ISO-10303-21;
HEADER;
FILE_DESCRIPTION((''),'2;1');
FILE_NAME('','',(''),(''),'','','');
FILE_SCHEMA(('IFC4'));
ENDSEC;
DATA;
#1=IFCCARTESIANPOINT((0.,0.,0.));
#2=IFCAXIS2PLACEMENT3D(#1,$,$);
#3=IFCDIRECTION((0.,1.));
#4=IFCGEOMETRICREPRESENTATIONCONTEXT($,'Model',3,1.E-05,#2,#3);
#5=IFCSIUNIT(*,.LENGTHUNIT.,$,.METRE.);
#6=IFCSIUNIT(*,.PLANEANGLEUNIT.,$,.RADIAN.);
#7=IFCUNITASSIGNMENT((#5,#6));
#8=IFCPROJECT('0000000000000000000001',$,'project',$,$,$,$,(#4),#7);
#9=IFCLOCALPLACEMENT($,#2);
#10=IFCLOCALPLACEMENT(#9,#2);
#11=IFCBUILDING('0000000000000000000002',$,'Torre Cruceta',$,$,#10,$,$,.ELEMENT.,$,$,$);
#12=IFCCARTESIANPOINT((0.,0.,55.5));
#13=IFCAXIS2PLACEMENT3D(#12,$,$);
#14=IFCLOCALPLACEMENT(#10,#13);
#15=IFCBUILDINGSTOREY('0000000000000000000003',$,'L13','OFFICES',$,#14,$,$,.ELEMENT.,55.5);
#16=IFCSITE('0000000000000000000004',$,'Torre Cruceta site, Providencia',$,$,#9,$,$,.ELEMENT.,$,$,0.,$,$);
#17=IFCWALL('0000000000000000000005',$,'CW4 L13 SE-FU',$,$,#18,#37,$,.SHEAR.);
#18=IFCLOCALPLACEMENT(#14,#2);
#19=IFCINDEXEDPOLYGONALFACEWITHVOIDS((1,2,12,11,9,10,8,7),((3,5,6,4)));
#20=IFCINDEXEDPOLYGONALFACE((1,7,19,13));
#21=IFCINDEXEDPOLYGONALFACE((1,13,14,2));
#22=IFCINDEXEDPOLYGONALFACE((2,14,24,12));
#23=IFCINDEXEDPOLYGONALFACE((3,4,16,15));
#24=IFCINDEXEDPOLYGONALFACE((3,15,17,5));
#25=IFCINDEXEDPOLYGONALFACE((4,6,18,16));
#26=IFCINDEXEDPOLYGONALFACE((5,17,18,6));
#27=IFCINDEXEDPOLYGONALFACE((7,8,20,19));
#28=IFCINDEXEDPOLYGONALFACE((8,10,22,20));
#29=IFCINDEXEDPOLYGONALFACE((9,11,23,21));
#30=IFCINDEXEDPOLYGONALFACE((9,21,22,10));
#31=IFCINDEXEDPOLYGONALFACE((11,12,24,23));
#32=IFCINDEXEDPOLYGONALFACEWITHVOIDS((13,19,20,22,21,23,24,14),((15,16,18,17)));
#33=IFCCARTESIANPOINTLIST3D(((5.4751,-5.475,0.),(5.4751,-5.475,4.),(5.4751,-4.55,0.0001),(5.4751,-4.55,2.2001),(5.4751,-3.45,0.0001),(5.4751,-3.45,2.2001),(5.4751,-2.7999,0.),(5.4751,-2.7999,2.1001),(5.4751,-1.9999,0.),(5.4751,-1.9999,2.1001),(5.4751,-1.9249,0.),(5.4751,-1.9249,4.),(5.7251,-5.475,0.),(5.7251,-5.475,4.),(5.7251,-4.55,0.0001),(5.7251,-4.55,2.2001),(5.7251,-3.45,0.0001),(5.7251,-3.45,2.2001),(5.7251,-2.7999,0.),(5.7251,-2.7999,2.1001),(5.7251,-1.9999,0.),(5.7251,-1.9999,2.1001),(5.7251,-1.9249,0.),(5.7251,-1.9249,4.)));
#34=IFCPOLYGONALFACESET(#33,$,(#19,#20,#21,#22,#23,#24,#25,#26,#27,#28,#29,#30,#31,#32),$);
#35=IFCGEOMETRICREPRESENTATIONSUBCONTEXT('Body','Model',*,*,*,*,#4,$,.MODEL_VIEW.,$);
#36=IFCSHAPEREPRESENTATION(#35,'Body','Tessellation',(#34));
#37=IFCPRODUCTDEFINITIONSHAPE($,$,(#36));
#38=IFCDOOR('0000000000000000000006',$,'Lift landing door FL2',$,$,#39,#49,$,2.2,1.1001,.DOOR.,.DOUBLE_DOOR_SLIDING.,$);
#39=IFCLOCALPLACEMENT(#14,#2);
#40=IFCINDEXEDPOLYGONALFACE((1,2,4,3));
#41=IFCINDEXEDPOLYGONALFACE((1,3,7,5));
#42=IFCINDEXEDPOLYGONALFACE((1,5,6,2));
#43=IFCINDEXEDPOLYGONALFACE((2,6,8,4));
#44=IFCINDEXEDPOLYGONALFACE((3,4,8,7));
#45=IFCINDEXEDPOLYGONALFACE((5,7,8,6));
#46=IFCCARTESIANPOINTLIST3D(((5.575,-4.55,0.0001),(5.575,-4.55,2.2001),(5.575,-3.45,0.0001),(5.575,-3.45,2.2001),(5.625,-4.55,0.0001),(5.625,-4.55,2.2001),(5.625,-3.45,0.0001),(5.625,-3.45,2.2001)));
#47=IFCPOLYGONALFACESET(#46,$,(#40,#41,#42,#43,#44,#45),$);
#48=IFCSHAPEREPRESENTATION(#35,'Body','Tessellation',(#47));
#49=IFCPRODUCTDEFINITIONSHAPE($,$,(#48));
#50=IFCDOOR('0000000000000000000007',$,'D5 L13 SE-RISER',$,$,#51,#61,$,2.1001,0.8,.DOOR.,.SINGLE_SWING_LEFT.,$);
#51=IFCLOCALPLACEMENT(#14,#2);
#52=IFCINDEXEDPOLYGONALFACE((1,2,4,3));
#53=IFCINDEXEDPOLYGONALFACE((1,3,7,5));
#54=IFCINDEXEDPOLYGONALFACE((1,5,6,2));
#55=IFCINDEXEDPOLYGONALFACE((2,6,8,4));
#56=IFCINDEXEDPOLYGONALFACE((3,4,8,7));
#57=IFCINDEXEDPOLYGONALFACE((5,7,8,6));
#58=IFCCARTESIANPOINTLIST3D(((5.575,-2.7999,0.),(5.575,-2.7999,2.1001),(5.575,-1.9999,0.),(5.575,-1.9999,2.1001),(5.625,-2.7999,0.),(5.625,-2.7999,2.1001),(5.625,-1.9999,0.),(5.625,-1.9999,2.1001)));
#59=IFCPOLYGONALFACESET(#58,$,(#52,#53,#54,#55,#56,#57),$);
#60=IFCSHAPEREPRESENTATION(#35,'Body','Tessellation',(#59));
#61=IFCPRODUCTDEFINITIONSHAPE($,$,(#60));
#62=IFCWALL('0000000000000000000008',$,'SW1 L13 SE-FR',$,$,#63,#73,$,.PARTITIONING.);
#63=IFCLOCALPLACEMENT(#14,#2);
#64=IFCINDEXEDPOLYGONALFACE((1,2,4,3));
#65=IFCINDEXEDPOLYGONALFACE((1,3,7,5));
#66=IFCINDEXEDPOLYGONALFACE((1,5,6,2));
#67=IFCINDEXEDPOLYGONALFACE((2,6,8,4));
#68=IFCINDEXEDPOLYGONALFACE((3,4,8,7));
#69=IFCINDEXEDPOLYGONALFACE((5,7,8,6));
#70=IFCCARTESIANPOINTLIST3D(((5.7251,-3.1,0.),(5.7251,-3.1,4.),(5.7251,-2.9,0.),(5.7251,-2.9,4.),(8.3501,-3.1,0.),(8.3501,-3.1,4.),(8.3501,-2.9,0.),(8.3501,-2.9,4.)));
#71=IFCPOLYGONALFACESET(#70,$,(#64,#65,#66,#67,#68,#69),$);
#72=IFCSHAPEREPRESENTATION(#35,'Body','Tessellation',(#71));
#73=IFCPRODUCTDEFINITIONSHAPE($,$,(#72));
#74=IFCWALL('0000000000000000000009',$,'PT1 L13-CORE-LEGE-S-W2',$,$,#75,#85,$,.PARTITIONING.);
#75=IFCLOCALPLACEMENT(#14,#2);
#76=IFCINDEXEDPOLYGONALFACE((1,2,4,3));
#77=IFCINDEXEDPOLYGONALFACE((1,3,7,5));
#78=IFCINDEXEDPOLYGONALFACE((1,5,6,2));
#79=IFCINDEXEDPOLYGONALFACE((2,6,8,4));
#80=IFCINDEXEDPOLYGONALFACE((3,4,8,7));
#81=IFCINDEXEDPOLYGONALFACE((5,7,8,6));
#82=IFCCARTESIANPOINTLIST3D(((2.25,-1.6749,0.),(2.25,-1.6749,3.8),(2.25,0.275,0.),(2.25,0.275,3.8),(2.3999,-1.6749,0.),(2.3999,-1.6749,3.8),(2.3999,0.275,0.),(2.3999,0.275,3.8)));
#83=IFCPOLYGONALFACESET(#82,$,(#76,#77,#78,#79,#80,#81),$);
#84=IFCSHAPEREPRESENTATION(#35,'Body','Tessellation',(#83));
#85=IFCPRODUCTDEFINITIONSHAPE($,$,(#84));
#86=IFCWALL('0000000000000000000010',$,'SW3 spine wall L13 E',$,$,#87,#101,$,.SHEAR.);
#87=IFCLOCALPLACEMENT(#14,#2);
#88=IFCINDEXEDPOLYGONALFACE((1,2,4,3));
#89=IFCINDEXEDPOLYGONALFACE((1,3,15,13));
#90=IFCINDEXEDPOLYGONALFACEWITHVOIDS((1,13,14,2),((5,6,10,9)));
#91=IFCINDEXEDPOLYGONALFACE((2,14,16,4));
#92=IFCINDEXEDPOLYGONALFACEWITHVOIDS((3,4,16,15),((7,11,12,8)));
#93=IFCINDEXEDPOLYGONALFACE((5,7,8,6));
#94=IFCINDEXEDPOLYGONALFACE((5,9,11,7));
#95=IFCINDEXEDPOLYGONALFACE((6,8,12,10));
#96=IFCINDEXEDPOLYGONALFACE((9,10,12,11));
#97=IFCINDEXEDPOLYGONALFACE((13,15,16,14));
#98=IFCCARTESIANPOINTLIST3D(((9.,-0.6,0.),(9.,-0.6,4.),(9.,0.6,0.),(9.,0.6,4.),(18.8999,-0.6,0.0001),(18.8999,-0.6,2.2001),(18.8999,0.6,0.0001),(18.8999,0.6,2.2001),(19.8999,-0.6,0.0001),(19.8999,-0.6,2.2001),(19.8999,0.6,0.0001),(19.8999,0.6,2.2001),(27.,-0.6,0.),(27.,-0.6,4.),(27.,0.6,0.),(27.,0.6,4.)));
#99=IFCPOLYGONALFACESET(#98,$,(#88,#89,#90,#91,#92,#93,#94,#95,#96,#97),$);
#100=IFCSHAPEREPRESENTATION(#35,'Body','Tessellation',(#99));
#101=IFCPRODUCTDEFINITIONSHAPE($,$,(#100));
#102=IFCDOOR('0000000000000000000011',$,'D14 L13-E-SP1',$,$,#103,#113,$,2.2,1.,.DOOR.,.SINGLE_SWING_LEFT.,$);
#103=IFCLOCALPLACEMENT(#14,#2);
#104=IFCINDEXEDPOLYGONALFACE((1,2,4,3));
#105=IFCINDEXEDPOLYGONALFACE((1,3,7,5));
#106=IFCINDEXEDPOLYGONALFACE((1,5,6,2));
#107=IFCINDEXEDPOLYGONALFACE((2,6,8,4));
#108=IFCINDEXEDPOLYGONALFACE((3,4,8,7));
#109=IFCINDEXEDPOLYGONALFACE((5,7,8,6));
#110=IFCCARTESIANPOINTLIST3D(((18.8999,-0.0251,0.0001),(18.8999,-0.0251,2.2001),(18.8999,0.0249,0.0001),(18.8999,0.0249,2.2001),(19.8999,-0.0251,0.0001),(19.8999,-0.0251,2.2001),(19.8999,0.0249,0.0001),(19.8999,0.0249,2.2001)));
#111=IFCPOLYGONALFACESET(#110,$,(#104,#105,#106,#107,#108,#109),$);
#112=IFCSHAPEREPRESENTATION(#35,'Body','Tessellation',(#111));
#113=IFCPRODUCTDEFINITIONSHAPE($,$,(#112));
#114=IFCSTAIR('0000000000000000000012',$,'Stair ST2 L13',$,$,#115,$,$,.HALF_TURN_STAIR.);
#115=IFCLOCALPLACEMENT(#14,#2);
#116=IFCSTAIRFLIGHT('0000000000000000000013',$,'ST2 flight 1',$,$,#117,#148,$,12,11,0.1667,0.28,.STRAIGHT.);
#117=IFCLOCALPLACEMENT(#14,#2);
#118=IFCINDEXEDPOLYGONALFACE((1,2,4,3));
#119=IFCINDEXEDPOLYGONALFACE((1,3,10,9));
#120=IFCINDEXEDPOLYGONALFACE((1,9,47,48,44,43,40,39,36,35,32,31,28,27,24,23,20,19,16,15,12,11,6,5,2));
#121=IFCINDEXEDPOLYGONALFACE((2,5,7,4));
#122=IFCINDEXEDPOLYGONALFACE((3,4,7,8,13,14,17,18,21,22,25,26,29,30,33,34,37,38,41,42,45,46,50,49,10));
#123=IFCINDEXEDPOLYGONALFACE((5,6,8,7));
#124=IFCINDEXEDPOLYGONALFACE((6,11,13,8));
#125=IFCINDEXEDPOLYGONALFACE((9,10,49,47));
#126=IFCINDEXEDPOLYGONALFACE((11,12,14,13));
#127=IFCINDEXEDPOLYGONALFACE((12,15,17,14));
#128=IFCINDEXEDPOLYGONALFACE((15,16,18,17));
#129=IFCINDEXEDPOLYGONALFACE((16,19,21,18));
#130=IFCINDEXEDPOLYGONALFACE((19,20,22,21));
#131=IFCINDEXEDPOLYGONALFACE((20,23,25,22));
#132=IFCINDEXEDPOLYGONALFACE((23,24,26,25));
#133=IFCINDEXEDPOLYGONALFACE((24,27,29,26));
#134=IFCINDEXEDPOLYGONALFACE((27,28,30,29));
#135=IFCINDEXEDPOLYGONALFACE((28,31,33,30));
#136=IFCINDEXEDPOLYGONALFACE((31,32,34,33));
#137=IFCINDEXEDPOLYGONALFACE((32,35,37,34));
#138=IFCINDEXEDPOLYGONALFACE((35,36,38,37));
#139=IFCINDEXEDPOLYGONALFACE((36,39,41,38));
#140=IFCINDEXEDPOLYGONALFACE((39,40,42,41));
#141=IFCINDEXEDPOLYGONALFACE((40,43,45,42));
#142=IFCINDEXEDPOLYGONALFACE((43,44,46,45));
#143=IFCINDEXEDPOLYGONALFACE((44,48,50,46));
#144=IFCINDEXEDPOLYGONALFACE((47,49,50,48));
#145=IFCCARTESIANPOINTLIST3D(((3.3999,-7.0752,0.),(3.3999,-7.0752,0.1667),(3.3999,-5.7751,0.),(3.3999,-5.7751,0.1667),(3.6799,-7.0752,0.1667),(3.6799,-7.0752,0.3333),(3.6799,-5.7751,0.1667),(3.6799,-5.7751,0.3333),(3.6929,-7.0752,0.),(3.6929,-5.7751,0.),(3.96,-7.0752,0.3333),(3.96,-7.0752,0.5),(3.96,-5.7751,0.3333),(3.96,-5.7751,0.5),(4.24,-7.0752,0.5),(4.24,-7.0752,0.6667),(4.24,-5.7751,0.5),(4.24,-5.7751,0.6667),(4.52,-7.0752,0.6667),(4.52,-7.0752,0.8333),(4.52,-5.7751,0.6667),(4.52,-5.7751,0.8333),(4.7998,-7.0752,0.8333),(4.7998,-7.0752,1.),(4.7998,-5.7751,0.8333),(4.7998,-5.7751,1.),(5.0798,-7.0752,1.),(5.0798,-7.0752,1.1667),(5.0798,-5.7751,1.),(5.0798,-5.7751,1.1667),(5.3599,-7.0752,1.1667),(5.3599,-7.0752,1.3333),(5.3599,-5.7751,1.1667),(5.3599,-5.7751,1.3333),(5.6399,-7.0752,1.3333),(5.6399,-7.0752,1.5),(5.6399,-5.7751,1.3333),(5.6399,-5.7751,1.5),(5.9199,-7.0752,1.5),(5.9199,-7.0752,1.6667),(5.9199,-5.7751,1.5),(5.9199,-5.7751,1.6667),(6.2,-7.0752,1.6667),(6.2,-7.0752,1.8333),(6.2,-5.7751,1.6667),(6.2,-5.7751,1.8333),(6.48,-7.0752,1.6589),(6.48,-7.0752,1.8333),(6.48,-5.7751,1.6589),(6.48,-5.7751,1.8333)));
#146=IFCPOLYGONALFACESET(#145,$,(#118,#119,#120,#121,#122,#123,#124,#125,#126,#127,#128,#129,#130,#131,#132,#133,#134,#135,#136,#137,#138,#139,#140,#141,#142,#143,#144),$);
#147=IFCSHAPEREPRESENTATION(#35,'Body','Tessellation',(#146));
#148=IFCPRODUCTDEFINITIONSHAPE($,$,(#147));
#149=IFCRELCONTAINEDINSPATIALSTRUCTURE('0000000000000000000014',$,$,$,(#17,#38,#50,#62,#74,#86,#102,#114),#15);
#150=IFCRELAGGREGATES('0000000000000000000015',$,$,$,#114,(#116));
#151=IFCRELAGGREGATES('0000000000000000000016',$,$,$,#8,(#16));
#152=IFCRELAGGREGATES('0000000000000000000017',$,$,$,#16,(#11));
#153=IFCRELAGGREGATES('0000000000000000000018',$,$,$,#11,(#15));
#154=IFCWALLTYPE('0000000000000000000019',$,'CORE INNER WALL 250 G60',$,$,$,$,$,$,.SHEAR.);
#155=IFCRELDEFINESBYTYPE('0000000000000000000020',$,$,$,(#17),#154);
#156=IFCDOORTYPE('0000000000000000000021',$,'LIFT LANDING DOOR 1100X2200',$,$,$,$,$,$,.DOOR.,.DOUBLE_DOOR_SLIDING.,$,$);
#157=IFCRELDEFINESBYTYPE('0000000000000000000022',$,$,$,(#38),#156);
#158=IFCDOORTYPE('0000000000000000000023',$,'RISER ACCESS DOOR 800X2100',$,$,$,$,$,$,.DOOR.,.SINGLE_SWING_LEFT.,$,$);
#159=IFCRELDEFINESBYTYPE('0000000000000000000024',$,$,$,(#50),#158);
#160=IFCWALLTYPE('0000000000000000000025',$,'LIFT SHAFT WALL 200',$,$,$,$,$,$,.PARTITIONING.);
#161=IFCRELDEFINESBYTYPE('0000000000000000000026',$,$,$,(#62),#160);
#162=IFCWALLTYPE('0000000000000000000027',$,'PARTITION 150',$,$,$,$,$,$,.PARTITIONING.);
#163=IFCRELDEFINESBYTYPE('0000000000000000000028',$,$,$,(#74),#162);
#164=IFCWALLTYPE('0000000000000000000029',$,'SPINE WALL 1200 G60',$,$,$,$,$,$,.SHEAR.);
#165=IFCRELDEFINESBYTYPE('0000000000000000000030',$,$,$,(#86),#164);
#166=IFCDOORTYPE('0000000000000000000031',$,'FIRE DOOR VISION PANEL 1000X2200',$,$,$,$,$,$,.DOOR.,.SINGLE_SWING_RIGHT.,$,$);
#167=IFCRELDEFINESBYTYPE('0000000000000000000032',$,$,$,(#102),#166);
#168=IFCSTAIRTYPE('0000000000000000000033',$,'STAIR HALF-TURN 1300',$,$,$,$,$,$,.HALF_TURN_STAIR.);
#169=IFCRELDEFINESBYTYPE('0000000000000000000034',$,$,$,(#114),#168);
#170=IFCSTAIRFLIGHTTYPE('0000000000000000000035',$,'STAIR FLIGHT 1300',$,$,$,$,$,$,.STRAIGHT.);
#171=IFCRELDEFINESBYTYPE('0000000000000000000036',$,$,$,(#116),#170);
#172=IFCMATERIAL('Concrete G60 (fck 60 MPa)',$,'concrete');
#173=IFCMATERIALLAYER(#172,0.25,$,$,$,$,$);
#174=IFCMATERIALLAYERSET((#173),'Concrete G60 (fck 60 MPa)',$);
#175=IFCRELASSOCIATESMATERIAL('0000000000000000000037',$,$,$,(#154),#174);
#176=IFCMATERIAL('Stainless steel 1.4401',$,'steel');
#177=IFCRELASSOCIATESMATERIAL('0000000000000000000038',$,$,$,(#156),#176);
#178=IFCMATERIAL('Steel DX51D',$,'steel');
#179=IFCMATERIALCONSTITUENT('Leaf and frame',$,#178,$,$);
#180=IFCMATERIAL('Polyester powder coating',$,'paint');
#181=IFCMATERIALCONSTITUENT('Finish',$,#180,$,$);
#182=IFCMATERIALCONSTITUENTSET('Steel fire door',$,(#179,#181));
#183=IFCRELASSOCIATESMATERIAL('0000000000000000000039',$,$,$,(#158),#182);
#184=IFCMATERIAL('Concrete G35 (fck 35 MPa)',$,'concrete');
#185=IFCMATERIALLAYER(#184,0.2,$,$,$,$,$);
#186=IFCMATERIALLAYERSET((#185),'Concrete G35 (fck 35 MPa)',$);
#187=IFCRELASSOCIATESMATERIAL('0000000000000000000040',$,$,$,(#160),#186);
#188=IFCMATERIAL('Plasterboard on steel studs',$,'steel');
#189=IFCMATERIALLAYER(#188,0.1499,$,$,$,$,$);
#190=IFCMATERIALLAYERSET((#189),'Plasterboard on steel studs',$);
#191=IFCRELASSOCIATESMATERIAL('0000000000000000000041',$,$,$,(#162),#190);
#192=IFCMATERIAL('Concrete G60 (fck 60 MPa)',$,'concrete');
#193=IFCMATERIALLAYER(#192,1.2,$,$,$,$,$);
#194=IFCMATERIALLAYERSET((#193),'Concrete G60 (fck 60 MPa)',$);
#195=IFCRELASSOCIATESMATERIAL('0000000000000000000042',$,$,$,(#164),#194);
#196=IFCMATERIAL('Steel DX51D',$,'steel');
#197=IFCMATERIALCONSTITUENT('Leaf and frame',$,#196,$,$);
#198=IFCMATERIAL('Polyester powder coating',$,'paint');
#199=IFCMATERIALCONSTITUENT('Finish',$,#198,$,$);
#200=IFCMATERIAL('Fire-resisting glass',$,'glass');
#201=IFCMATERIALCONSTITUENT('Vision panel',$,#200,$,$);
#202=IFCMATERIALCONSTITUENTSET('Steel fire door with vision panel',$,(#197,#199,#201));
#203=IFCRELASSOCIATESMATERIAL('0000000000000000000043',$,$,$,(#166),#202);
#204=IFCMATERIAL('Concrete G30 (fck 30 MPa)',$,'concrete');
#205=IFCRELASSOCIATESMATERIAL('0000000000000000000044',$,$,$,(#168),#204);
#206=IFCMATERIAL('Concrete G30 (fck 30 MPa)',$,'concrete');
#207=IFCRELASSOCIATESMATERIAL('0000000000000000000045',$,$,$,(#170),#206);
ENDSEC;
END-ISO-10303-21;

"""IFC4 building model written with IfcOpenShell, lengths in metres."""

from ifc_helpers import new_model, si_unit, direction, frame, frame_2d, origin, place, context, subcontext, project, spatial, polyline, rectangle, outline, extrude, material, layer, layer_set, constituent, constituent_set, type_object, element, fill, aggregate, save


model = new_model("IFC4")

# Units and contexts
model_context = context("Model", 3, precision=1e-05, world=origin(), true_north=direction((0.0, 1.0)))
body_context = subcontext(model_context, "Body", "Model", "MODEL_VIEW")
ifc_project = project(units=[si_unit("LENGTHUNIT", "METRE"), si_unit("PLANEANGLEUNIT", "RADIAN")], contexts=[model_context])

# Site, building, storey
site_placement = place(None, origin())
site = spatial("IfcSite", under=ifc_project, at=site_placement, Name="Torre Cruceta site, Providencia", CompositionType="ELEMENT", RefElevation=0.0)
building_placement = place(site_placement, origin())
building = spatial("IfcBuilding", under=site, at=building_placement, Name="Torre Cruceta", CompositionType="ELEMENT")
storey_placement = place(building_placement, frame((0.0, 0.0, 55.5)))
storey = spatial("IfcBuildingStorey", under=building, at=storey_placement, Name="L13", Description="OFFICES", CompositionType="ELEMENT", Elevation=55.5)

# Shared definitions
ifc_material_1 = material(Name="Concrete G60 (fck 60 MPa)", Category="concrete")
ifc_layer_1 = layer(ifc_material_1, 0.25)
ifc_layer_set_1 = layer_set([ifc_layer_1], Name="Concrete G60 (fck 60 MPa)")
wall_type_1 = type_object("IfcWallType", Name="CORE INNER WALL 250 G60", PredefinedType="SHEAR", material=ifc_layer_set_1)

# Wall, openings, doors
wall_1_placement = place(storey_placement, frame((5.6001, -1.925, 0.0), z_axis=(0.0, 0.0, 1.0), x_axis=(0.0, -1.0, 0.0)))
wall_1 = element("IfcWall", 1, at=wall_1_placement, inside=storey, type_object=wall_type_1, Name="CW4 L13 SE-FU", PredefinedType="SHEAR", context=body_context, shape_type="SweptSolid", body=[
    extrude(rectangle(XDim=3.55, YDim=0.25, at=frame_2d((1.7749, 0.0))), origin(), (0.0, 0.0, 1.0), 4.0),
])
opening_1_placement = place(wall_1_placement, frame((1.5249, 0.0, 0.0)))
opening_1 = element("IfcOpeningElement", 2, at=opening_1_placement, cuts=wall_1, PredefinedType="OPENING", context=body_context, shape_type="SweptSolid", body=[
    extrude(rectangle(XDim=1.1001, YDim=2.2, at=frame_2d((0.55, 1.1001))), frame((0.0, 0.135, 0.0), z_axis=(0.0, -1.0, 0.0), x_axis=(1.0, 0.0, 0.0)), (0.0, 0.0, 1.0), 0.27),
])
opening_2_placement = place(wall_1_placement, frame((0.075, 0.0, 0.0)))
opening_2 = element("IfcOpeningElement", 3, at=opening_2_placement, cuts=wall_1, PredefinedType="OPENING", context=body_context, shape_type="SweptSolid", body=[
    extrude(rectangle(XDim=0.8, YDim=2.1001, at=frame_2d((0.3999, 1.05))), frame((0.0, 0.135, 0.0), z_axis=(0.0, -1.0, 0.0), x_axis=(1.0, 0.0, 0.0)), (0.0, 0.0, 1.0), 0.27),
])
ifc_material_2 = material(Name="Stainless steel 1.4401", Category="steel")
door_type_1 = type_object("IfcDoorType", Name="LIFT LANDING DOOR 1100X2200", OperationType="DOUBLE_DOOR_SLIDING", PredefinedType="DOOR", material=ifc_material_2)
door_1_placement = place(opening_1_placement, origin())
door_1 = element("IfcDoor", 4, at=door_1_placement, inside=storey, type_object=door_type_1, Name="Lift landing door FL2", OperationType="DOUBLE_DOOR_SLIDING", OverallHeight=2.2, OverallWidth=1.1001, PredefinedType="DOOR", context=body_context, shape_type="SweptSolid", body=[
    extrude(rectangle(XDim=1.1001, YDim=2.2, at=frame_2d((0.55, 1.1001))), frame((0.0, 0.0249, 0.0), z_axis=(0.0, -1.0, 0.0), x_axis=(1.0, 0.0, 0.0)), (0.0, 0.0, 1.0), 0.05),
])
fill(opening_1, door_1)
ifc_material_3 = material(Name="Steel DX51D", Category="steel")
ifc_constituent_1 = constituent(ifc_material_3, Name="Leaf and frame")
ifc_material_4 = material(Name="Polyester powder coating", Category="paint")
ifc_constituent_2 = constituent(ifc_material_4, Name="Finish")
ifc_constituent_set_1 = constituent_set(constituents=[ifc_constituent_1, ifc_constituent_2], Name="Steel fire door")
door_type_2 = type_object("IfcDoorType", Name="RISER ACCESS DOOR 800X2100", OperationType="SINGLE_SWING_LEFT", PredefinedType="DOOR", material=ifc_constituent_set_1)
door_2_placement = place(opening_2_placement, origin())
door_2 = element("IfcDoor", 5, at=door_2_placement, inside=storey, type_object=door_type_2, Name="D5 L13 SE-RISER", OperationType="SINGLE_SWING_LEFT", OverallHeight=2.1001, OverallWidth=0.8, PredefinedType="DOOR", context=body_context, shape_type="SweptSolid", body=[
    extrude(rectangle(XDim=0.8, YDim=2.1001, at=frame_2d((0.3999, 1.05))), frame((0.0, 0.0249, 0.0), z_axis=(0.0, -1.0, 0.0), x_axis=(1.0, 0.0, 0.0)), (0.0, 0.0, 1.0), 0.05),
])
fill(opening_2, door_2)

# Walls
ifc_material_5 = material(Name="Concrete G35 (fck 35 MPa)", Category="concrete")
ifc_layer_2 = layer(ifc_material_5, 0.2)
ifc_layer_set_2 = layer_set([ifc_layer_2], Name="Concrete G35 (fck 35 MPa)")
wall_type_2 = type_object("IfcWallType", Name="LIFT SHAFT WALL 200", PredefinedType="PARTITIONING", material=ifc_layer_set_2)
wall_2_placement = place(storey_placement, frame((5.7251, -3.0, 0.0), z_axis=(0.0, 0.0, 1.0), x_axis=(1.0, 0.0, 0.0)))
element("IfcWall", 6, at=wall_2_placement, inside=storey, type_object=wall_type_2, Name="SW1 L13 SE-FR", PredefinedType="PARTITIONING", context=body_context, shape_type="SweptSolid", body=[
    extrude(rectangle(XDim=2.625, YDim=0.2, at=frame_2d((1.3125, 0.0))), origin(), (0.0, 0.0, 1.0), 4.0),
])
ifc_material_6 = material(Name="Plasterboard on steel studs", Category="steel")
ifc_layer_3 = layer(ifc_material_6, 0.1499)
ifc_layer_set_3 = layer_set([ifc_layer_3], Name="Plasterboard on steel studs")
wall_type_3 = type_object("IfcWallType", Name="PARTITION 150", PredefinedType="PARTITIONING", material=ifc_layer_set_3)
wall_3_placement = place(storey_placement, frame((2.325, -1.675, 0.0), z_axis=(0.0, 0.0, 1.0), x_axis=(0.0, 1.0, 0.0)))
element("IfcWall", 7, at=wall_3_placement, inside=storey, type_object=wall_type_3, Name="PT1 L13-CORE-LEGE-S-W2", PredefinedType="PARTITIONING", context=body_context, shape_type="SweptSolid", body=[
    extrude(rectangle(XDim=1.95, YDim=0.1499, at=frame_2d((0.9751, 0.0))), origin(), (0.0, 0.0, 1.0), 3.8),
])

# Wall, opening, door
ifc_material_7 = material(Name="Concrete G60 (fck 60 MPa)", Category="concrete")
ifc_layer_4 = layer(ifc_material_7, 1.2)
ifc_layer_set_4 = layer_set([ifc_layer_4], Name="Concrete G60 (fck 60 MPa)")
wall_type_4 = type_object("IfcWallType", Name="SPINE WALL 1200 G60", PredefinedType="SHEAR", material=ifc_layer_set_4)
wall_4_placement = place(storey_placement, frame((9.0, 0.0, 0.0), z_axis=(0.0, 0.0, 1.0), x_axis=(1.0, 0.0, 0.0)))
wall_4 = element("IfcWall", 8, at=wall_4_placement, inside=storey, type_object=wall_type_4, Name="SW3 spine wall L13 E", PredefinedType="SHEAR", context=body_context, shape_type="SweptSolid", body=[
    extrude(rectangle(XDim=18.0, YDim=1.2, at=frame_2d((9.0, 0.0))), origin(), (0.0, 0.0, 1.0), 4.0),
])
opening_3_placement = place(wall_4_placement, frame((9.8999, 0.0, 0.0)))
opening_3 = element("IfcOpeningElement", 9, at=opening_3_placement, cuts=wall_4, PredefinedType="OPENING", context=body_context, shape_type="SweptSolid", body=[
    extrude(rectangle(XDim=1.0, YDim=2.2, at=frame_2d((0.5, 1.1001))), frame((0.0, 0.6099, 0.0), z_axis=(0.0, -1.0, 0.0), x_axis=(1.0, 0.0, 0.0)), (0.0, 0.0, 1.0), 1.22),
])
ifc_material_8 = material(Name="Steel DX51D", Category="steel")
ifc_constituent_3 = constituent(ifc_material_8, Name="Leaf and frame")
ifc_material_9 = material(Name="Polyester powder coating", Category="paint")
ifc_constituent_4 = constituent(ifc_material_9, Name="Finish")
ifc_material_10 = material(Name="Fire-resisting glass", Category="glass")
ifc_constituent_5 = constituent(ifc_material_10, Name="Vision panel")
ifc_constituent_set_2 = constituent_set(constituents=[ifc_constituent_3, ifc_constituent_4, ifc_constituent_5], Name="Steel fire door with vision panel")
door_type_3 = type_object("IfcDoorType", Name="FIRE DOOR VISION PANEL 1000X2200", OperationType="SINGLE_SWING_RIGHT", PredefinedType="DOOR", material=ifc_constituent_set_2)
door_3_placement = place(opening_3_placement, frame((1.0, 0.0, 0.0), z_axis=(0.0, 0.0, 1.0), x_axis=(-1.0, 0.0, 0.0)))
door_3 = element("IfcDoor", 10, at=door_3_placement, inside=storey, type_object=door_type_3, Name="D14 L13-E-SP1", OperationType="SINGLE_SWING_LEFT", OverallHeight=2.2, OverallWidth=1.0, PredefinedType="DOOR", context=body_context, shape_type="SweptSolid", body=[
    extrude(rectangle(XDim=1.0, YDim=2.2, at=frame_2d((0.5, 1.1001))), frame((0.0, 0.0251, 0.0), z_axis=(0.0, -1.0, 0.0), x_axis=(1.0, 0.0, 0.0)), (0.0, 0.0, 1.0), 0.05),
])
fill(opening_3, door_3)

# Stair, stair flight
ifc_material_11 = material(Name="Concrete G30 (fck 30 MPa)", Category="concrete")
stair_type = type_object("IfcStairType", Name="STAIR HALF-TURN 1300", PredefinedType="HALF_TURN_STAIR", material=ifc_material_11)
stair_placement = place(storey_placement, origin())
stair = element("IfcStair", 11, at=stair_placement, inside=storey, type_object=stair_type, Name="Stair ST2 L13", PredefinedType="HALF_TURN_STAIR")
ifc_material_12 = material(Name="Concrete G30 (fck 30 MPa)", Category="concrete")
stair_flight_type = type_object("IfcStairFlightType", Name="STAIR FLIGHT 1300", PredefinedType="STRAIGHT", material=ifc_material_12)
stair_flight_1_placement = place(storey_placement, frame((3.3999, -6.425, 0.0), z_axis=(0.0, 0.0, 1.0), x_axis=(1.0, 0.0, 0.0)))
stair_flight_1 = element("IfcStairFlight", 12, at=stair_flight_1_placement, type_object=stair_flight_type, Name="ST2 flight 1", NumberOfRisers=12, NumberOfTreads=11, PredefinedType="STRAIGHT", RiserHeight=0.1667, TreadLength=0.28, context=body_context, shape_type="SweptSolid", body=[
    extrude(outline(polyline([(0.0, 0.0), (0.0, 0.1667), (0.28, 0.1667), (0.28, 0.3333), (0.5601, 0.3333), (0.5601, 0.5), (0.8401, 0.5), (0.8401, 0.6667), (1.1201, 0.6667), (1.1201, 0.8333), (1.3999, 0.8333), (1.3999, 1.0), (1.6799, 1.0), (1.6799, 1.1667), (1.96, 1.1667), (1.96, 1.3333), (2.24, 1.3333), (2.24, 1.5), (2.52, 1.5), (2.52, 1.6667), (2.8, 1.6667), (2.8, 1.8333), (3.0801, 1.8333), (3.0801, 2.0), (3.0801, 1.6589), (0.293, 0.0), (0.0, 0.0)])), frame((0.0, 0.6499, 0.0), z_axis=(0.0, -1.0, 0.0), x_axis=(1.0, 0.0, 0.0)), (0.0, 0.0, 1.0), 1.3),
])
aggregate(stair, [stair_flight_1])

save(model, "model.ifc")
